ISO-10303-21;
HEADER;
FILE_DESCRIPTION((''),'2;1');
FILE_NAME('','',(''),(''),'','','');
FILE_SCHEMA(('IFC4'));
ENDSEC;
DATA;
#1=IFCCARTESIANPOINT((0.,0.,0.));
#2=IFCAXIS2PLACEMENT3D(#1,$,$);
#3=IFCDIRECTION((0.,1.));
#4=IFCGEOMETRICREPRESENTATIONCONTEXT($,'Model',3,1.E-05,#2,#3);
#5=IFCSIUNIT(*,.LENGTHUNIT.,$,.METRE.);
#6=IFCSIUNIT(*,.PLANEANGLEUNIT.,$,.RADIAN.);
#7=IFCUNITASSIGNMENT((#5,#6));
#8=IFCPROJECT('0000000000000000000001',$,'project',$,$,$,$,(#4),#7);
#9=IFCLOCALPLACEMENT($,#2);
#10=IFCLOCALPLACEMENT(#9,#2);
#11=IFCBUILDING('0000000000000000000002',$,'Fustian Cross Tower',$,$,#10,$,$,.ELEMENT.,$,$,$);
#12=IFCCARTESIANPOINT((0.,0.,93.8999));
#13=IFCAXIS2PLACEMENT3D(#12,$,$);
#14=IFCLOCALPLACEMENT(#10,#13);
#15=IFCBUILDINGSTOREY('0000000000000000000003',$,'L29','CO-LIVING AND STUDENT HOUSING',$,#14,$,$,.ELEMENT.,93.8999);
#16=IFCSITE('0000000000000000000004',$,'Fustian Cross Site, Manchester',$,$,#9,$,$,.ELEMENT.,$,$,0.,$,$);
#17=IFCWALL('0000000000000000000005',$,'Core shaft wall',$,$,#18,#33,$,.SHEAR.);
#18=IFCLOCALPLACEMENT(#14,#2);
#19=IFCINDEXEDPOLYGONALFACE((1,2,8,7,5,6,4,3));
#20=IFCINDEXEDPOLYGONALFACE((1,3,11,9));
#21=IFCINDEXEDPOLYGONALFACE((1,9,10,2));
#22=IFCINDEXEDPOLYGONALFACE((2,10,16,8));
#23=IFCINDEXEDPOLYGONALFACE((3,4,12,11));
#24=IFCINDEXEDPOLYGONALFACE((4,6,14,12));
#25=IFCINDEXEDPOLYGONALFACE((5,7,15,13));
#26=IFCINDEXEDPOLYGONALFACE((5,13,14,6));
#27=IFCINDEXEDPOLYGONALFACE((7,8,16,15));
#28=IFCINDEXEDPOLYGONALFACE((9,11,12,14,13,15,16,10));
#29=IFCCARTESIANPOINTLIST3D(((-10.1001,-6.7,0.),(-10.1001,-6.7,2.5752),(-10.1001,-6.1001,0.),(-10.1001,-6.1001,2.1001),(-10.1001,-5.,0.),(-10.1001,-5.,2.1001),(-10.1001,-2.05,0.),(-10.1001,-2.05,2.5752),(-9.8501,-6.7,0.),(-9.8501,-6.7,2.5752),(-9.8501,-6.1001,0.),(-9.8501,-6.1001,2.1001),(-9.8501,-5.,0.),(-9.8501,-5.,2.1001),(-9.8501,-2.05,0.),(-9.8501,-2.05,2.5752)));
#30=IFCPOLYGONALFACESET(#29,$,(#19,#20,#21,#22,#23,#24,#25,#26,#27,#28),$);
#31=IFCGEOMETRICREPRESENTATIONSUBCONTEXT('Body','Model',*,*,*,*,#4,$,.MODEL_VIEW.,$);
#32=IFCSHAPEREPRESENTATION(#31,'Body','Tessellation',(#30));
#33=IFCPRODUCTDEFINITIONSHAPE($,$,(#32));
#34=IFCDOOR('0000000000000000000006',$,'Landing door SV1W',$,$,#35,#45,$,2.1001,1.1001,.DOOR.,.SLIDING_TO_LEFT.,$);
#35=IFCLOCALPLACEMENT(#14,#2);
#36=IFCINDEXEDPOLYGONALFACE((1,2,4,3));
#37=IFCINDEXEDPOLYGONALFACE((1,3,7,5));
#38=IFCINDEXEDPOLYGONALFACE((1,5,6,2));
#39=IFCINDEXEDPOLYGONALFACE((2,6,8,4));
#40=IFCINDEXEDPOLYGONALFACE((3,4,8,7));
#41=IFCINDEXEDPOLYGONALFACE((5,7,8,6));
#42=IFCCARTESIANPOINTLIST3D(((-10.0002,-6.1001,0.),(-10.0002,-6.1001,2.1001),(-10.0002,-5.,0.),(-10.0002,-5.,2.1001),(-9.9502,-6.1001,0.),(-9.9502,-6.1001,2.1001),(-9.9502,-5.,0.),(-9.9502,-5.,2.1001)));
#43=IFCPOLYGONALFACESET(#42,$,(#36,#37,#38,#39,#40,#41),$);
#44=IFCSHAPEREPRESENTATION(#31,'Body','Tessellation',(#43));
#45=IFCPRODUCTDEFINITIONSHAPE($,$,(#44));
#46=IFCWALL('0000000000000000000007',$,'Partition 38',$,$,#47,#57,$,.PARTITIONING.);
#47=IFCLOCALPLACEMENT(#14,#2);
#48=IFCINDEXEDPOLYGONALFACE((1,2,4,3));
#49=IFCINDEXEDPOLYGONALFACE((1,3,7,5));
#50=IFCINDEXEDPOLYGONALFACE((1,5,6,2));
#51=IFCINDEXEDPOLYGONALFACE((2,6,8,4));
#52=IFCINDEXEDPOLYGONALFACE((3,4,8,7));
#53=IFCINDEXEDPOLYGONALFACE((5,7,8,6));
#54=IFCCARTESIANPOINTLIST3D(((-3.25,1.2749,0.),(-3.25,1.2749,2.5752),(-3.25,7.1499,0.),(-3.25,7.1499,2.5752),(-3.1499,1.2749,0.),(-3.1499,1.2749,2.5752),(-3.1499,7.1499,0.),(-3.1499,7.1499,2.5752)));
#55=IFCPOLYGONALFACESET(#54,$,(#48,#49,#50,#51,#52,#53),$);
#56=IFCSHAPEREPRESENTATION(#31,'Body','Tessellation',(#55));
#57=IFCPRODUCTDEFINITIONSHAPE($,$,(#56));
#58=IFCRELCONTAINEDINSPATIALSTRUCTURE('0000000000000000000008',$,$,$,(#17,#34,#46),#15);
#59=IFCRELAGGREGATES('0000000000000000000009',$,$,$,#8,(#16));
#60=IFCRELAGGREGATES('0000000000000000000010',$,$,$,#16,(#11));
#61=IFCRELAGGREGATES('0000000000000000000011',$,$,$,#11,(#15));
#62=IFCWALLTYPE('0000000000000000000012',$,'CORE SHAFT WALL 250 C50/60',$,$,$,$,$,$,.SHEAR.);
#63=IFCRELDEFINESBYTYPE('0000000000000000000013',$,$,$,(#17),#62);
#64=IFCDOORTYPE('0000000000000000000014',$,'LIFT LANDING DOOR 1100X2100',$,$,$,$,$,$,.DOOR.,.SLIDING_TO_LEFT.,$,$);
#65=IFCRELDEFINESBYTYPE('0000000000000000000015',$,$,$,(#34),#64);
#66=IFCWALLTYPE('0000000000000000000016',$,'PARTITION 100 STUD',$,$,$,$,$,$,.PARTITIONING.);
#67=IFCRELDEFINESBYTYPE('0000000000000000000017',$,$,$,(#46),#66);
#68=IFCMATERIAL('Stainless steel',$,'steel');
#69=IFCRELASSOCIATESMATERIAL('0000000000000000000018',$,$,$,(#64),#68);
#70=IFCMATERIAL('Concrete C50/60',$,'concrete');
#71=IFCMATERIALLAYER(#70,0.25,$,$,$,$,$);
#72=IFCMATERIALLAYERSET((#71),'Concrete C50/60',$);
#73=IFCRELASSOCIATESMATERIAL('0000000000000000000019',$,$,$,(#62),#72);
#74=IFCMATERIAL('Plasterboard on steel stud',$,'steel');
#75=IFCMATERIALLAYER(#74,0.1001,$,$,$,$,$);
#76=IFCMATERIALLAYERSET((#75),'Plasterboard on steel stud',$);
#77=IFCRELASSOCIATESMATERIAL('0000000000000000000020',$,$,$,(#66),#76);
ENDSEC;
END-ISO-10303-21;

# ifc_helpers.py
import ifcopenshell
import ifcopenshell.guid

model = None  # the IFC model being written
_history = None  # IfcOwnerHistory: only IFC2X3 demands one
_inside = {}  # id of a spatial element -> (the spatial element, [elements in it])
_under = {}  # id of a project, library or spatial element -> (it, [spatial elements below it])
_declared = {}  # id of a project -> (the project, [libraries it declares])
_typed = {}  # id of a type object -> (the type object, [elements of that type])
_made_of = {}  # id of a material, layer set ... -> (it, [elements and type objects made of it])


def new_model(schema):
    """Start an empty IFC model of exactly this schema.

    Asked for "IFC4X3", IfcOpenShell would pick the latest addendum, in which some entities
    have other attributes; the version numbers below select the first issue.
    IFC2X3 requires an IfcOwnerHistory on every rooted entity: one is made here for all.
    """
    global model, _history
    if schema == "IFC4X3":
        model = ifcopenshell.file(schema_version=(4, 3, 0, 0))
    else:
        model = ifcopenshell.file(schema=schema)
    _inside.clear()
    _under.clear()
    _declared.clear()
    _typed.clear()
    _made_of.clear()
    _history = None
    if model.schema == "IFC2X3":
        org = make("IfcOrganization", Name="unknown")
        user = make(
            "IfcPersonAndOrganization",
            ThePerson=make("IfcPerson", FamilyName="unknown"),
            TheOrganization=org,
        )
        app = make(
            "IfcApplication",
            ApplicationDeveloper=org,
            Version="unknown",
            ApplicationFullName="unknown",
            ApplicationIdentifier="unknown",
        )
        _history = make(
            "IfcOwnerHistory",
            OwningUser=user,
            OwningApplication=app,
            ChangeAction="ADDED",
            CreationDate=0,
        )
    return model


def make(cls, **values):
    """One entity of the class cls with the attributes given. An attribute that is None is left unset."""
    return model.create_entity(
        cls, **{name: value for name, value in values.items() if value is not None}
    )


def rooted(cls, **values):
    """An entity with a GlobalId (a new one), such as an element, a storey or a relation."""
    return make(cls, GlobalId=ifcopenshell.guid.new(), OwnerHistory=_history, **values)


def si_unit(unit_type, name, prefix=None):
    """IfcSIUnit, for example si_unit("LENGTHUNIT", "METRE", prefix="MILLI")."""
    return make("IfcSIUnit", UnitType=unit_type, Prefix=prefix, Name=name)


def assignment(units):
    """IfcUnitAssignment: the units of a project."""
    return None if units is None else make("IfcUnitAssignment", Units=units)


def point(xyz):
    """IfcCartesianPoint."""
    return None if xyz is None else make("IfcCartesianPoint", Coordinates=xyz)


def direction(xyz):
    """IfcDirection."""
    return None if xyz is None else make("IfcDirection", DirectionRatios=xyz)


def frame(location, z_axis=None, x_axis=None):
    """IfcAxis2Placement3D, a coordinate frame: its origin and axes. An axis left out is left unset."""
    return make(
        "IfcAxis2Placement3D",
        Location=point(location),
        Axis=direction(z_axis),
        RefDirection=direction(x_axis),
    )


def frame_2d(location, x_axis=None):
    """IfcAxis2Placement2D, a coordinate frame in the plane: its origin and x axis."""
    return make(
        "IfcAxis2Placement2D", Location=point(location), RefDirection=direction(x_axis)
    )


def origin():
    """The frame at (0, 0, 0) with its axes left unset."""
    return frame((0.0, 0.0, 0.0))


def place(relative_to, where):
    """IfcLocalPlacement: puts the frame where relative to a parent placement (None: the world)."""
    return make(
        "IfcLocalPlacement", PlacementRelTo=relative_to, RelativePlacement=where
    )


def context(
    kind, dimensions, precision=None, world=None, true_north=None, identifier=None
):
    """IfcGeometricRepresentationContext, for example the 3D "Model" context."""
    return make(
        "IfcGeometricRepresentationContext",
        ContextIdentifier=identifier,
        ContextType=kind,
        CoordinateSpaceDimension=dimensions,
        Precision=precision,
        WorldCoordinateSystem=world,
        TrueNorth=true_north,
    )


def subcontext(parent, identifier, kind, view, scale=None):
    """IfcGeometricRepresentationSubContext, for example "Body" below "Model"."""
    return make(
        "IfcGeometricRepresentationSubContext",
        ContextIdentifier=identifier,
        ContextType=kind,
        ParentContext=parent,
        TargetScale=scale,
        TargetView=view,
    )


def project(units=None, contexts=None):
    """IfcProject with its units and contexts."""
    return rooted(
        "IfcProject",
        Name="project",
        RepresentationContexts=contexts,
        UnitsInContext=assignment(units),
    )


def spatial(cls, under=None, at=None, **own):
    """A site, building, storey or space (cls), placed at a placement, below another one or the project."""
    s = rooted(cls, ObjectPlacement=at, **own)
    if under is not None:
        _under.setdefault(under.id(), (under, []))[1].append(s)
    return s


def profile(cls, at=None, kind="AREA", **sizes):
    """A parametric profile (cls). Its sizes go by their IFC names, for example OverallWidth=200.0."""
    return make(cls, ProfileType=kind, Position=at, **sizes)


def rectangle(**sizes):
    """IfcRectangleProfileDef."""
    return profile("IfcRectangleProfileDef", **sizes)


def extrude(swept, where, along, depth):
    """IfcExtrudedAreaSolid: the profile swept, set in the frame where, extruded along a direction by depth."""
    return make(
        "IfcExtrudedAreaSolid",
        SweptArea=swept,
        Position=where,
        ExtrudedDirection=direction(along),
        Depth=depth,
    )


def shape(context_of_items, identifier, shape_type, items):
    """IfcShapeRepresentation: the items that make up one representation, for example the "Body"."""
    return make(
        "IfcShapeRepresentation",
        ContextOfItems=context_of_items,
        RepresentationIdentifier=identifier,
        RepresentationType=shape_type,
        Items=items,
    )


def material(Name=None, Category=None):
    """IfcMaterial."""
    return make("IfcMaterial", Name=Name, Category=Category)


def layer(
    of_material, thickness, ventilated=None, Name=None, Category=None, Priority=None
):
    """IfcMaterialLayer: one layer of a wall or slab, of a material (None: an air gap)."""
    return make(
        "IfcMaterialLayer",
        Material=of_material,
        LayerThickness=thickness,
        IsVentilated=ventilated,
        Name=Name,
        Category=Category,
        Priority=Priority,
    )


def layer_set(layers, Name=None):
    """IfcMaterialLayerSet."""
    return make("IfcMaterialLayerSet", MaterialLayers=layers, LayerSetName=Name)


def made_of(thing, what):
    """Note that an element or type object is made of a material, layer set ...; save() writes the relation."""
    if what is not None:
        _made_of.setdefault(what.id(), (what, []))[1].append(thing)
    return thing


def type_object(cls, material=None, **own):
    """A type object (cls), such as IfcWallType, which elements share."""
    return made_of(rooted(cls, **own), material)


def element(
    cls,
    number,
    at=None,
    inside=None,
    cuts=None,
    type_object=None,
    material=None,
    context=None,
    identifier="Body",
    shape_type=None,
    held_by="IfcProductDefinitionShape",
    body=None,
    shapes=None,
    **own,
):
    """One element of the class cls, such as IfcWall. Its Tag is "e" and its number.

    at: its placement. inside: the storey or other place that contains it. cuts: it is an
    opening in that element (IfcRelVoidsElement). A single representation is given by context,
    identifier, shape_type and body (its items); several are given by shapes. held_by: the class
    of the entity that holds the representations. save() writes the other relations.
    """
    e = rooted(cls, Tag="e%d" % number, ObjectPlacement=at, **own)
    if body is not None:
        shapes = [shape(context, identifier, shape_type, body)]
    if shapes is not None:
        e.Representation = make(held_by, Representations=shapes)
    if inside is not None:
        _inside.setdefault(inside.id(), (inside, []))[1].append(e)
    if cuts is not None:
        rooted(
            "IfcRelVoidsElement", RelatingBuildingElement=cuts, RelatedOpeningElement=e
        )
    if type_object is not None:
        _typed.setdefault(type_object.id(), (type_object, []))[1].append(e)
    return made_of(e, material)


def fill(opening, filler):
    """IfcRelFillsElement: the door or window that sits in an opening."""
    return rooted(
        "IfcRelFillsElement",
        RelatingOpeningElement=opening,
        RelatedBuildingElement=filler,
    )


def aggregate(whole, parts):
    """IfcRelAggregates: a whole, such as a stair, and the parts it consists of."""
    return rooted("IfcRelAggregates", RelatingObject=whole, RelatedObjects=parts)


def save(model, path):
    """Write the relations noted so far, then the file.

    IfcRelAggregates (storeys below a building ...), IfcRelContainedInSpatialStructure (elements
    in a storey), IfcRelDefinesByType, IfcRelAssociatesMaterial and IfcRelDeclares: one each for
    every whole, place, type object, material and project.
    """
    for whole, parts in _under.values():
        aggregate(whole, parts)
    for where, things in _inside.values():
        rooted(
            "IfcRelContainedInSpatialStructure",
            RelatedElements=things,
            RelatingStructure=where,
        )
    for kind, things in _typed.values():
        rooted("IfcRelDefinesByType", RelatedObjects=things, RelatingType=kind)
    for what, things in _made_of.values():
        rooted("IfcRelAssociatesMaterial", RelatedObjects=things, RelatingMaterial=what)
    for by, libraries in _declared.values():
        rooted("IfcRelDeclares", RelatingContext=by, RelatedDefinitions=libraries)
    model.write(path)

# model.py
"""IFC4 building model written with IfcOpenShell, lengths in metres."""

from ifc_helpers import new_model, si_unit, direction, frame, frame_2d, origin, place, context, subcontext, project, spatial, rectangle, extrude, material, layer, layer_set, type_object, element, fill, save


model = new_model("IFC4")

# Units and contexts
model_context = context("Model", 3, precision=1e-05, world=origin(), true_north=direction((0.0, 1.0)))
body_context = subcontext(model_context, "Body", "Model", "MODEL_VIEW")
ifc_project = project(units=[si_unit("LENGTHUNIT", "METRE"), si_unit("PLANEANGLEUNIT", "RADIAN")], contexts=[model_context])

# Site, building, storey
site_placement = place(None, origin())
site = spatial("IfcSite", under=ifc_project, at=site_placement, Name="Fustian Cross Site, Manchester", CompositionType="ELEMENT", RefElevation=0.0)
building_placement = place(site_placement, origin())
building = spatial("IfcBuilding", under=site, at=building_placement, Name="Fustian Cross Tower", CompositionType="ELEMENT")
storey_placement = place(building_placement, frame((0.0, 0.0, 93.8999)))
storey = spatial("IfcBuildingStorey", under=building, at=storey_placement, Name="L29", Description="CO-LIVING AND STUDENT HOUSING", CompositionType="ELEMENT", Elevation=93.8999)

# Shared definitions
ifc_material_1 = material(Name="Stainless steel", Category="steel")
door_type_1 = type_object("IfcDoorType", Name="LIFT LANDING DOOR 1100X2100", OperationType="SLIDING_TO_LEFT", PredefinedType="DOOR", material=ifc_material_1)

# Shared definitions
ifc_material_2 = material(Name="Concrete C50/60", Category="concrete")
ifc_layer_1 = layer(ifc_material_2, 0.25)
ifc_layer_set_1 = layer_set([ifc_layer_1], Name="Concrete C50/60")
wall_type_1 = type_object("IfcWallType", Name="CORE SHAFT WALL 250 C50/60", PredefinedType="SHEAR", material=ifc_layer_set_1)

# Wall, opening, door
wall_1_placement = place(storey_placement, frame((-9.9751, -2.05, 0.0), z_axis=(0.0, 0.0, 1.0), x_axis=(0.0, -1.0, 0.0)))
wall_1 = element("IfcWall", 1, at=wall_1_placement, inside=storey, type_object=wall_type_1, Name="Core shaft wall", PredefinedType="SHEAR", context=body_context, shape_type="SweptSolid", body=[
    extrude(rectangle(XDim=4.6499, YDim=0.25, at=frame_2d((2.325, 0.0))), origin(), (0.0, 0.0, 1.0), 2.5752),
])
opening_1_placement = place(wall_1_placement, frame((2.95, 0.0, 0.0)))
opening_1 = element("IfcOpeningElement", 2, at=opening_1_placement, cuts=wall_1, PredefinedType="OPENING", context=body_context, shape_type="SweptSolid", body=[
    extrude(rectangle(XDim=1.1001, YDim=2.1001, at=frame_2d((0.55, 1.05))), frame((0.0, 0.135, 0.0), z_axis=(0.0, -1.0, 0.0), x_axis=(1.0, 0.0, 0.0)), (0.0, 0.0, 1.0), 0.27),
])
door_1_placement = place(opening_1_placement, origin())
door_1 = element("IfcDoor", 3, at=door_1_placement, inside=storey, type_object=door_type_1, Name="Landing door SV1W", OperationType="SLIDING_TO_LEFT", OverallHeight=2.1001, OverallWidth=1.1001, PredefinedType="DOOR", context=body_context, shape_type="SweptSolid", body=[
    extrude(rectangle(XDim=1.1001, YDim=2.1001, at=frame_2d((0.55, 1.05))), frame((0.0, 0.0249, 0.0), z_axis=(0.0, -1.0, 0.0), x_axis=(1.0, 0.0, 0.0)), (0.0, 0.0, 1.0), 0.05),
])
fill(opening_1, door_1)

# Wall
ifc_material_3 = material(Name="Plasterboard on steel stud", Category="steel")
ifc_layer_2 = layer(ifc_material_3, 0.1001)
ifc_layer_set_2 = layer_set([ifc_layer_2], Name="Plasterboard on steel stud")
wall_type_2 = type_object("IfcWallType", Name="PARTITION 100 STUD", PredefinedType="PARTITIONING", material=ifc_layer_set_2)
wall_2_placement = place(storey_placement, frame((-3.2, 1.2749, 0.0), z_axis=(0.0, 0.0, 1.0), x_axis=(0.0, 1.0, 0.0)))
element("IfcWall", 4, at=wall_2_placement, inside=storey, type_object=wall_type_2, Name="Partition 38", PredefinedType="PARTITIONING", context=body_context, shape_type="SweptSolid", body=[
    extrude(rectangle(XDim=5.875, YDim=0.1001, at=frame_2d((2.9375, 0.0))), origin(), (0.0, 0.0, 1.0), 2.5752),
])

save(model, "model.ifc")
